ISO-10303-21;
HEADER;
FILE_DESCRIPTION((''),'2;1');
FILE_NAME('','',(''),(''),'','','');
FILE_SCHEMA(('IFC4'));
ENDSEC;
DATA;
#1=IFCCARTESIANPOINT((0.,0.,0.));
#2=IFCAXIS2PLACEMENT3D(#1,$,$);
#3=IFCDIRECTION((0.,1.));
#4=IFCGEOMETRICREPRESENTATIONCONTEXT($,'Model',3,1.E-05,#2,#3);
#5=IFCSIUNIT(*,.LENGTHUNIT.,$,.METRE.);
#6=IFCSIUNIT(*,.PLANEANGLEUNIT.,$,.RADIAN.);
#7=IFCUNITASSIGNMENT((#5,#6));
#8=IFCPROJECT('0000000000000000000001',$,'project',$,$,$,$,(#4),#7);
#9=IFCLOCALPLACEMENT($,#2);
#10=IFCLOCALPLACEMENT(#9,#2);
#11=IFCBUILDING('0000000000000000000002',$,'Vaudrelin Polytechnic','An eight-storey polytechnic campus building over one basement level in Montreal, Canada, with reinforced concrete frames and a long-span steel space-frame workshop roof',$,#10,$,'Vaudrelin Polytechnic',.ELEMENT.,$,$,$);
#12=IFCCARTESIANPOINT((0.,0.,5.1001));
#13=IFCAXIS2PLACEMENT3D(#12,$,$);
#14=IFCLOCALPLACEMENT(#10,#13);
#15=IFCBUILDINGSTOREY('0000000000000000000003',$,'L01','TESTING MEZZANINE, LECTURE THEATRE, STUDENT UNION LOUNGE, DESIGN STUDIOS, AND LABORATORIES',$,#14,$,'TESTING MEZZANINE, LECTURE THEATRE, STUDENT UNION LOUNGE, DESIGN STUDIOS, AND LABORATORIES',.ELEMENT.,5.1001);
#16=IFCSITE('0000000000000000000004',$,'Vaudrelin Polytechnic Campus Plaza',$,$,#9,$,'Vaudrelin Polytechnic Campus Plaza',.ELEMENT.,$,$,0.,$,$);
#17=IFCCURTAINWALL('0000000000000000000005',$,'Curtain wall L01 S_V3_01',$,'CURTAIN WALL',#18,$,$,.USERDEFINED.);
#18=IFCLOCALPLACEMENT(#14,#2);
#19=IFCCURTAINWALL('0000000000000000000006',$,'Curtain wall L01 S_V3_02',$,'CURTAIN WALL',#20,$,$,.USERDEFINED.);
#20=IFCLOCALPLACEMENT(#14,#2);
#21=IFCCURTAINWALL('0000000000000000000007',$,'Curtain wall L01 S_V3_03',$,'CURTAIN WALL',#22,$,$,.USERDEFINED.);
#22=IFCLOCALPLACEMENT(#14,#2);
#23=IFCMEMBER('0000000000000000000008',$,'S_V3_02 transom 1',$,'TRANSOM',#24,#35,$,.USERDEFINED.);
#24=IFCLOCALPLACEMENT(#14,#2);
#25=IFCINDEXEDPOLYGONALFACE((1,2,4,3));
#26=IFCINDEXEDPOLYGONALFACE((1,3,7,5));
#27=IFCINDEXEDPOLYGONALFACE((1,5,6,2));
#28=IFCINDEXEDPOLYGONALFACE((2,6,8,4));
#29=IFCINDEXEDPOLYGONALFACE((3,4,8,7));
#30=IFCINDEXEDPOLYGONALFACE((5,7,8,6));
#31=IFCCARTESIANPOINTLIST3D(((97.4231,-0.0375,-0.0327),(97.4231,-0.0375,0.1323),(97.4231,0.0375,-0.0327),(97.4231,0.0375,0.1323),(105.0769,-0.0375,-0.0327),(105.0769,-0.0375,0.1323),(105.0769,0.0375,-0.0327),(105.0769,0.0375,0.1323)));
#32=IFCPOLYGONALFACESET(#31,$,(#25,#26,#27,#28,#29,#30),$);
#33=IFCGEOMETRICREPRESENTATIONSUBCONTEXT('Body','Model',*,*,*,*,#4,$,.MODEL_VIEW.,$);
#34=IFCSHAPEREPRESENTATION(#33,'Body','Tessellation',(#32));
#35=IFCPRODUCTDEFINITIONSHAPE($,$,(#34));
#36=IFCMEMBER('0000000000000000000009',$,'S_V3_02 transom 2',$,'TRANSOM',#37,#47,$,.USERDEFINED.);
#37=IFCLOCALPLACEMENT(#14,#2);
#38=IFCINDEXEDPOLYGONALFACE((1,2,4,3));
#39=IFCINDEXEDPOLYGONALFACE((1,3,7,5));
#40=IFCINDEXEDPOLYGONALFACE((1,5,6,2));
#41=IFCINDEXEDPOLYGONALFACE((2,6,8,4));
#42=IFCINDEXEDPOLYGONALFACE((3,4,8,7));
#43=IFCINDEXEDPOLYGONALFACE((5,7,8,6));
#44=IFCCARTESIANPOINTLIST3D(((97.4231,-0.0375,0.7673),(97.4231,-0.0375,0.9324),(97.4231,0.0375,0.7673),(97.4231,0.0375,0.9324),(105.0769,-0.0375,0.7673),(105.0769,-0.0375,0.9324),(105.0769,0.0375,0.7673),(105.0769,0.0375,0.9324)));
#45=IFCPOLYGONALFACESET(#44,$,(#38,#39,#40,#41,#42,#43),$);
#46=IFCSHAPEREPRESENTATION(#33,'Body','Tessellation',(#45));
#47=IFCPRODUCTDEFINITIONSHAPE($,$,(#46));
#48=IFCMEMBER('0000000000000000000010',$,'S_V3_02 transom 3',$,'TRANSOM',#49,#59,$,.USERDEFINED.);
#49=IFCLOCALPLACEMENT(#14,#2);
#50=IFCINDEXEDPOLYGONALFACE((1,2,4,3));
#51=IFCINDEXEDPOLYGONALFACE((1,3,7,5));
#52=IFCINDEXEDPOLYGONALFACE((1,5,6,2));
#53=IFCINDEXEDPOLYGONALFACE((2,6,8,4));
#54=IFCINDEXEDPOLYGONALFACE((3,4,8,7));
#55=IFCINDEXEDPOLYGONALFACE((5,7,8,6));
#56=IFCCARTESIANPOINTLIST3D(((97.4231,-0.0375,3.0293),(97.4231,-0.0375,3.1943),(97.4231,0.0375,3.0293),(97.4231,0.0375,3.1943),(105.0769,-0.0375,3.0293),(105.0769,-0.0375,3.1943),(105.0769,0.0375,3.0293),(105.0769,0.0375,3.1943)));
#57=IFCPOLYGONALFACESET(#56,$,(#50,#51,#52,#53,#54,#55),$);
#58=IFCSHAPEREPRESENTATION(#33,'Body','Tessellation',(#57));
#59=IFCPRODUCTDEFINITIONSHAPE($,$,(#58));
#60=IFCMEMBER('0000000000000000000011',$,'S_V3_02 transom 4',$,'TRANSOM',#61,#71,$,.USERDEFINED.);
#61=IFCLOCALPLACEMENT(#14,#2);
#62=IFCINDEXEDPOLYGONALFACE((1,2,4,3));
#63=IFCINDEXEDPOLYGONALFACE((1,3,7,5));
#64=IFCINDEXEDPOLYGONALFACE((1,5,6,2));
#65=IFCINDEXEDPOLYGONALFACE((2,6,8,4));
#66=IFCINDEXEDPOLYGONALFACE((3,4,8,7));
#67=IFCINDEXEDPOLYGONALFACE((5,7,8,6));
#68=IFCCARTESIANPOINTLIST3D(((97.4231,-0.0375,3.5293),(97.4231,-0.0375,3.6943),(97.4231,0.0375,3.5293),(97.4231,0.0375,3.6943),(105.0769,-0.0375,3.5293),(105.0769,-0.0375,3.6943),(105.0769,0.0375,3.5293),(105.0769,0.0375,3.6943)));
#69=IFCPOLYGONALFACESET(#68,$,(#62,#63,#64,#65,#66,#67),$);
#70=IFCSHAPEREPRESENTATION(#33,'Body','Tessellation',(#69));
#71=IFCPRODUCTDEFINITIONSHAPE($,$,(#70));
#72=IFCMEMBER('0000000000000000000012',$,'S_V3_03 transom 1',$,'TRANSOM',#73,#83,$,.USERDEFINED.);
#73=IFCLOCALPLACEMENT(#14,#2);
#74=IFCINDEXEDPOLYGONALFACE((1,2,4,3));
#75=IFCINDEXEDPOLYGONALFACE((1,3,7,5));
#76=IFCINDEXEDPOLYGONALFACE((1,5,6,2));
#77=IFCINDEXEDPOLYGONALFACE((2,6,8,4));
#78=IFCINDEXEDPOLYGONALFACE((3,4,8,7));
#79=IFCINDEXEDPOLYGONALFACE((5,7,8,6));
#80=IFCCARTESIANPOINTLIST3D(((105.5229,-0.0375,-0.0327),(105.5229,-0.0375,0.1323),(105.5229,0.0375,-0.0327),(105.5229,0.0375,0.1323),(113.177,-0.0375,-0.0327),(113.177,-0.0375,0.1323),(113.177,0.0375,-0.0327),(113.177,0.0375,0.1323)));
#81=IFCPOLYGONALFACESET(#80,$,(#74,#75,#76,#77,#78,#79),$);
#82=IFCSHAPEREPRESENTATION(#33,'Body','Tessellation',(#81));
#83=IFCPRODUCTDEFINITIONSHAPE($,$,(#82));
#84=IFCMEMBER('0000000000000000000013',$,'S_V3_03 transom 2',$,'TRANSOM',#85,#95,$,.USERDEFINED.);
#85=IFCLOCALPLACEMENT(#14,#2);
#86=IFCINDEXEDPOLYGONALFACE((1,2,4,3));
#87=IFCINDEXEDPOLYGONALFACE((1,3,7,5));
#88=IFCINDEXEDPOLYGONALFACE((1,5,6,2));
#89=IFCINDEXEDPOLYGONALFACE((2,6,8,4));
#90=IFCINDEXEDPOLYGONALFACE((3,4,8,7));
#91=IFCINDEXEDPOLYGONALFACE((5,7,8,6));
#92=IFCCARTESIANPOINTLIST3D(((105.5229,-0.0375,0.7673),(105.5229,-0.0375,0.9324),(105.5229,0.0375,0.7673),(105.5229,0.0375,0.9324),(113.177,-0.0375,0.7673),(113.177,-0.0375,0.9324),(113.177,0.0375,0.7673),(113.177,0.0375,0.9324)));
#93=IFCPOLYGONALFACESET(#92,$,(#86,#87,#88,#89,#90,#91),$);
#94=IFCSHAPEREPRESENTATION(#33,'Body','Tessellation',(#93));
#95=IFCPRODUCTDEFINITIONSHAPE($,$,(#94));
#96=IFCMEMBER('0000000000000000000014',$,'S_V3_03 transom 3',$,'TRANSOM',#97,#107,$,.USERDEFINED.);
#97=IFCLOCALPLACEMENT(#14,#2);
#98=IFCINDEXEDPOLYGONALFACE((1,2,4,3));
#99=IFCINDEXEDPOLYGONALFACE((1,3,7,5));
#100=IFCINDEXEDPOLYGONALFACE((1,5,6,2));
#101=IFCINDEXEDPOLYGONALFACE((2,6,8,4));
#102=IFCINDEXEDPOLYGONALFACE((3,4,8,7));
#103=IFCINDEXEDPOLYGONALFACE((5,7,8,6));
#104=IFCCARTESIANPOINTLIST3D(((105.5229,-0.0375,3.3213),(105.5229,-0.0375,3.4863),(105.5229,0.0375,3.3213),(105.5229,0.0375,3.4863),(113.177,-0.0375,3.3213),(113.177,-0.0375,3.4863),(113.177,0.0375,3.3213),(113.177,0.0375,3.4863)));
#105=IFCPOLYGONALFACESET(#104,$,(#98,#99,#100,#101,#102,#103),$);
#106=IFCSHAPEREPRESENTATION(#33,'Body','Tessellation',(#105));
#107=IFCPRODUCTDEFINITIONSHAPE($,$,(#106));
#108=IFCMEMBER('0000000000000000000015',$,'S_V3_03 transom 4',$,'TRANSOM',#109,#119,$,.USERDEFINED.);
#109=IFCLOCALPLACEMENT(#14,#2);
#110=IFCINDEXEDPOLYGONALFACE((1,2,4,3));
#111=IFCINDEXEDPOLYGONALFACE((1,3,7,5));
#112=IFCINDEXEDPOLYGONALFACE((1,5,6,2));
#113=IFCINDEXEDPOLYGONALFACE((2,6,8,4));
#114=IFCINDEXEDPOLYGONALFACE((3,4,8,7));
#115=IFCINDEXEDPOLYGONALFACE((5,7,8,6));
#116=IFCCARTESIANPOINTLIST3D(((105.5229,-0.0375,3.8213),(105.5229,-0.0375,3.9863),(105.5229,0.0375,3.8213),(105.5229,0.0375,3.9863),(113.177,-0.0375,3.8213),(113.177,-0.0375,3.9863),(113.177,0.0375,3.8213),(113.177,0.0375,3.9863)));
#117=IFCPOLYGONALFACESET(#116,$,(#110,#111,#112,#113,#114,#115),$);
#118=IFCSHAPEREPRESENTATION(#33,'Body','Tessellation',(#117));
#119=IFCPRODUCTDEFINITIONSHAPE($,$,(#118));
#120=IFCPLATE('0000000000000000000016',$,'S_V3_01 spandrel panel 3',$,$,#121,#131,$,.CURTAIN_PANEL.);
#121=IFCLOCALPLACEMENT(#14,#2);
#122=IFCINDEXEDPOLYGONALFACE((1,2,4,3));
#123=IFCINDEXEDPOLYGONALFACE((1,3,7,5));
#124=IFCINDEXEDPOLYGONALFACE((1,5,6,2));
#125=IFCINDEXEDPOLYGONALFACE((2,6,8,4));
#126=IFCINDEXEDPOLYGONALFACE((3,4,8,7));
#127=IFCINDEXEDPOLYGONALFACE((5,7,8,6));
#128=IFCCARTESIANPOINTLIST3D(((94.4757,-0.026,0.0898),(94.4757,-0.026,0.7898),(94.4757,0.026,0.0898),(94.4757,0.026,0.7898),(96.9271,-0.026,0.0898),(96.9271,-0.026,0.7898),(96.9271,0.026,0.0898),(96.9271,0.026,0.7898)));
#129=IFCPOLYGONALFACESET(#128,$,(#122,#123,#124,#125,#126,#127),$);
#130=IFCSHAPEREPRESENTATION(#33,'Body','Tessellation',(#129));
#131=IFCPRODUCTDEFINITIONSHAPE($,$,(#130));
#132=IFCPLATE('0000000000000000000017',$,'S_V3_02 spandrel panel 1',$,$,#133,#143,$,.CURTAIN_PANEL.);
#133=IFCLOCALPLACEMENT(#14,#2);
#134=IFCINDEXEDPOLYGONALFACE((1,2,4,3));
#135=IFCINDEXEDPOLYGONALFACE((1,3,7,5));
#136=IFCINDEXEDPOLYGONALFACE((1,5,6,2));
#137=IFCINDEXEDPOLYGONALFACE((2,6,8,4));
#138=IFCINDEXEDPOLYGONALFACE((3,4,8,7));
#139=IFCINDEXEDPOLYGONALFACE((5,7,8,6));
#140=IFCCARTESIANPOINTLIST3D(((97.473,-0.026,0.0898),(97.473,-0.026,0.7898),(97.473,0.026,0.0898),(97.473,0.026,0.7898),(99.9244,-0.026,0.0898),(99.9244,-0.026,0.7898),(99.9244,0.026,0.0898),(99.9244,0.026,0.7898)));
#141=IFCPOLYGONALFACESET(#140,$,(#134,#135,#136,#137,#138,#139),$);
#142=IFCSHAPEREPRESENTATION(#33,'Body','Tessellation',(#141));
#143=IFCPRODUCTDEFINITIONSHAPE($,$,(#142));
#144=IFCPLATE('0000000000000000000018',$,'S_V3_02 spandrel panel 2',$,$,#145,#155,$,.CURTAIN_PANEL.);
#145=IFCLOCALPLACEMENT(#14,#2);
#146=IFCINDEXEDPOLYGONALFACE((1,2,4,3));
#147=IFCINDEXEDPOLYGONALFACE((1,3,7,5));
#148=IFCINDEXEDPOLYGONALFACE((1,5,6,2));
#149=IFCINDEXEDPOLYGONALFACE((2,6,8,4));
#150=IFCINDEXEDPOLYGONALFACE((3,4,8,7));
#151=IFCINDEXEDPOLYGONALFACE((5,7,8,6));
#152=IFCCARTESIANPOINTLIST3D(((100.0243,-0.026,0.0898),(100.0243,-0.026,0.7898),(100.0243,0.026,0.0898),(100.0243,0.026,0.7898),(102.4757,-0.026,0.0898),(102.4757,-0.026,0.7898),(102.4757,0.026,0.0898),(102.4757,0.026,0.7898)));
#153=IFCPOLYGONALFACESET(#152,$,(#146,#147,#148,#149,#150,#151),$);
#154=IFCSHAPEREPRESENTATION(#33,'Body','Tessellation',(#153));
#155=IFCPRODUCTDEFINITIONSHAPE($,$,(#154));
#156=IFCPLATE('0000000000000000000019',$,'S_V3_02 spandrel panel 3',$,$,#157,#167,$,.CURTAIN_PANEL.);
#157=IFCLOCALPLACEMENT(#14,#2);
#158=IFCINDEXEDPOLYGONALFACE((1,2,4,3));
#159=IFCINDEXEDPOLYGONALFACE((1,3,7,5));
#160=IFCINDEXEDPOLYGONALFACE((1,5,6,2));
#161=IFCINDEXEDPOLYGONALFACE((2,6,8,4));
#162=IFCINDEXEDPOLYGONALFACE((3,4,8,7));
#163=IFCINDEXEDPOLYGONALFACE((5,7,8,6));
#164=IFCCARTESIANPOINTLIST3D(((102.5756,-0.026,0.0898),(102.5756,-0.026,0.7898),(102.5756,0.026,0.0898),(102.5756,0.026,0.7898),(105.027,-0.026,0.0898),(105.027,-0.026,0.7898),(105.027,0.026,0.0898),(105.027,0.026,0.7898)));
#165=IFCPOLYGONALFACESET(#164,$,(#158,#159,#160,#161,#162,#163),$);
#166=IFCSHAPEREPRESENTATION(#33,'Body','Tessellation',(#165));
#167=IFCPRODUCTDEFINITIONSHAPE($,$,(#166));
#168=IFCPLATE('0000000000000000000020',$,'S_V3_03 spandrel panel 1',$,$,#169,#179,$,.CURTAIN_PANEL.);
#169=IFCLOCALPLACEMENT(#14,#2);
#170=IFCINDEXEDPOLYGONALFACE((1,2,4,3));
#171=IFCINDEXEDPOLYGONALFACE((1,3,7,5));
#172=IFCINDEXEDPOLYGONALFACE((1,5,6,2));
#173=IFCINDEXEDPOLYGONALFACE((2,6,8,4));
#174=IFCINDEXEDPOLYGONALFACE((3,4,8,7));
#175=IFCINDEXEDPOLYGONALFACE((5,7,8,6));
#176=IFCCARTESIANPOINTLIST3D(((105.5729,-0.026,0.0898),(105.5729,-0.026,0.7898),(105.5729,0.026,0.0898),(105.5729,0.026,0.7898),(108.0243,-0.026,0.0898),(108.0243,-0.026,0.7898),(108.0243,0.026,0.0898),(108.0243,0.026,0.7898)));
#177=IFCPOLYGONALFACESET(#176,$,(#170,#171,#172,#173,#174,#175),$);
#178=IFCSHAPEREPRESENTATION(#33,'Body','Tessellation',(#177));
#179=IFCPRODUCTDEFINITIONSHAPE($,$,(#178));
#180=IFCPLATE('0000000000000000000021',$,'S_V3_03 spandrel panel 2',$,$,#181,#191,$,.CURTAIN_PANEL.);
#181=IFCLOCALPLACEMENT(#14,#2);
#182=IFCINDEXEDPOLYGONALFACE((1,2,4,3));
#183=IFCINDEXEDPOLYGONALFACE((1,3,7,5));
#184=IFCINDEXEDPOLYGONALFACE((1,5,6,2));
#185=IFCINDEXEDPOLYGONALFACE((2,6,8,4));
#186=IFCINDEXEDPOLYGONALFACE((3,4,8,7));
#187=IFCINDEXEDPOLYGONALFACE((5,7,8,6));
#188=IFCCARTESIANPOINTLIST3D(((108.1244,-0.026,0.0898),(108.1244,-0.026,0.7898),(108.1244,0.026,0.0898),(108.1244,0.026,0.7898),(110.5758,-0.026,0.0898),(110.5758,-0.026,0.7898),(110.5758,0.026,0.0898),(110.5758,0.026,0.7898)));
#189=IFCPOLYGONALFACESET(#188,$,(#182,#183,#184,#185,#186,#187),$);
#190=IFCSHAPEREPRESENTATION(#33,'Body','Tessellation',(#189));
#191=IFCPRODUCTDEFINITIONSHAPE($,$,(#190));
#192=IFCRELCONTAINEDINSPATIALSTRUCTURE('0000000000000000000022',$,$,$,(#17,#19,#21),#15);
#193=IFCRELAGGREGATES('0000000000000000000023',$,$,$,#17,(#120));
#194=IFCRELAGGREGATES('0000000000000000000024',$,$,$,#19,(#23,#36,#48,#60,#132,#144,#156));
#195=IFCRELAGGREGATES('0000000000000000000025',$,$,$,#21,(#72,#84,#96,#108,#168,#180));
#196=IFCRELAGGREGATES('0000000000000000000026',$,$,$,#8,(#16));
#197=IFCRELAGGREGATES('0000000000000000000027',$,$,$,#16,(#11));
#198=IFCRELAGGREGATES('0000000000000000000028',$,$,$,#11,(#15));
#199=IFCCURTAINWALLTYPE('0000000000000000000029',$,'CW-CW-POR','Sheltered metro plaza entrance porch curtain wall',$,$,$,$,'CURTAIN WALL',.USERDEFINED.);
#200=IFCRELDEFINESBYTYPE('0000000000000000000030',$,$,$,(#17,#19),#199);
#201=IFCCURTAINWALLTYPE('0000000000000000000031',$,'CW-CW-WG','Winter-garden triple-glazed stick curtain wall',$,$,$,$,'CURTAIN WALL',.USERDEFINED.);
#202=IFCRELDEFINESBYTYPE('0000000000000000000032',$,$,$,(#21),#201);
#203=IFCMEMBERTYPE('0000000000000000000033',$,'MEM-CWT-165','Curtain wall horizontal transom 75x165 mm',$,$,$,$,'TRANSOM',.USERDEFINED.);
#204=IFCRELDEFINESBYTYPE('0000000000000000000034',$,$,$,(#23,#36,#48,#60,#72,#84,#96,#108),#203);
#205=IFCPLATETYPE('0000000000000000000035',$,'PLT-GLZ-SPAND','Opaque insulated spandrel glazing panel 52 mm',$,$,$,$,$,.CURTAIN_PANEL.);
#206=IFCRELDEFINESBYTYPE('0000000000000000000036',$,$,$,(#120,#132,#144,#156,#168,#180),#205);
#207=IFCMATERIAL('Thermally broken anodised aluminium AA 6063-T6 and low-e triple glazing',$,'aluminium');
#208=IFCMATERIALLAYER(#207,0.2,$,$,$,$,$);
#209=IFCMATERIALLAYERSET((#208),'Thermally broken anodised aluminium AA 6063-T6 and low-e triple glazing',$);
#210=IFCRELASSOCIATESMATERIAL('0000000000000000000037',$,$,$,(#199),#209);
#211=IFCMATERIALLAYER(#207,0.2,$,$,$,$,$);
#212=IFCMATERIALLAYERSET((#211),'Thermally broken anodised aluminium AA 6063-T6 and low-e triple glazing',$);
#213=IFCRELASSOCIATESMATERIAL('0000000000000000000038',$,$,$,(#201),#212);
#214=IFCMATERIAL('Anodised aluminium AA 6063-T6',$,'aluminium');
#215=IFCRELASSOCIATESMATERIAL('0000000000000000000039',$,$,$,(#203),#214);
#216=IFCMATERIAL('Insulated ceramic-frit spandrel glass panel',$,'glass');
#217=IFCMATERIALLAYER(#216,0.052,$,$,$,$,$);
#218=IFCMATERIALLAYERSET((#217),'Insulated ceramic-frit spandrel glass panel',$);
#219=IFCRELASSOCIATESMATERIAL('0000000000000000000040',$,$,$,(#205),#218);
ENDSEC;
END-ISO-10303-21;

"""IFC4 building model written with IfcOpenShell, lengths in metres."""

from ifc_helpers import new_model, si_unit, direction, frame, origin, origin_2d, place, context, subcontext, project, spatial, rectangle, extrude, material, layer, layer_set, material_profile, profile_set, type_object, element, aggregate, save


model = new_model("IFC4")

# Units and contexts
model_context = context("Model", 3, precision=1e-05, world=origin(), true_north=direction((0.0, 1.0)))
body_context = subcontext(model_context, "Body", "Model", "MODEL_VIEW")
ifc_project = project(units=[si_unit("LENGTHUNIT", "METRE"), si_unit("PLANEANGLEUNIT", "RADIAN")], contexts=[model_context])

# Site, building, storey
site_placement = place(None, origin())
site = spatial("IfcSite", under=ifc_project, at=site_placement, Name="Vaudrelin Polytechnic Campus Plaza", LongName="Vaudrelin Polytechnic Campus Plaza", CompositionType="ELEMENT", RefElevation=0.0)
building_placement = place(site_placement, origin())
building = spatial("IfcBuilding", under=site, at=building_placement, Name="Vaudrelin Polytechnic", Description="An eight-storey polytechnic campus building over one basement level in Montreal, Canada, with reinforced concrete frames and a long-span steel space-frame workshop roof", LongName="Vaudrelin Polytechnic", CompositionType="ELEMENT")
storey_placement = place(building_placement, frame((0.0, 0.0, 5.1001)))
storey = spatial("IfcBuildingStorey", under=building, at=storey_placement, Name="L01", Description="TESTING MEZZANINE, LECTURE THEATRE, STUDENT UNION LOUNGE, DESIGN STUDIOS, AND LABORATORIES", LongName="TESTING MEZZANINE, LECTURE THEATRE, STUDENT UNION LOUNGE, DESIGN STUDIOS, AND LABORATORIES", CompositionType="ELEMENT", Elevation=5.1001)

# Curtain walls
ifc_material_1 = material(Name="Thermally broken anodised aluminium AA 6063-T6 and low-e triple glazing", Category="aluminium")
ifc_layer_1 = layer(ifc_material_1, 0.2)
ifc_layer_set_1 = layer_set([ifc_layer_1], Name="Thermally broken anodised aluminium AA 6063-T6 and low-e triple glazing")
curtain_wall_type_1 = type_object("IfcCurtainWallType", Name="CW-CW-POR", Description="Sheltered metro plaza entrance porch curtain wall", ElementType="CURTAIN WALL", PredefinedType="USERDEFINED", material=ifc_layer_set_1)
curtain_wall_1_placement = place(storey_placement, origin())
curtain_wall_1 = element("IfcCurtainWall", 1, at=curtain_wall_1_placement, inside=storey, type_object=curtain_wall_type_1, Name="Curtain wall L01 S_V3_01", ObjectType="CURTAIN WALL", PredefinedType="USERDEFINED")
ifc_material_2 = material(Name="Anodised aluminium AA 6063-T6", Category="aluminium")
curtain_wall_2_placement = place(storey_placement, origin())
curtain_wall_2 = element("IfcCurtainWall", 2, at=curtain_wall_2_placement, inside=storey, type_object=curtain_wall_type_1, Name="Curtain wall L01 S_V3_02", ObjectType="CURTAIN WALL", PredefinedType="USERDEFINED")
ifc_layer_2 = layer(ifc_material_1, 0.2)
ifc_layer_set_2 = layer_set([ifc_layer_2], Name="Thermally broken anodised aluminium AA 6063-T6 and low-e triple glazing")
curtain_wall_type_2 = type_object("IfcCurtainWallType", Name="CW-CW-WG", Description="Winter-garden triple-glazed stick curtain wall", ElementType="CURTAIN WALL", PredefinedType="USERDEFINED", material=ifc_layer_set_2)
curtain_wall_3_placement = place(storey_placement, origin())
curtain_wall_3 = element("IfcCurtainWall", 3, at=curtain_wall_3_placement, inside=storey, type_object=curtain_wall_type_2, Name="Curtain wall L01 S_V3_03", ObjectType="CURTAIN WALL", PredefinedType="USERDEFINED")

# Members
ifc_material_profile_1 = material_profile(ifc_material_2, rectangle(XDim=0.075, YDim=0.165, at=origin_2d()), Name="CWT-75x165")
ifc_profile_set_1 = profile_set([ifc_material_profile_1], Name="Anodised aluminium AA 6063-T6")
member_type_1 = type_object("IfcMemberType", Name="MEM-CWT-165", Description="Curtain wall horizontal transom 75x165 mm", ElementType="TRANSOM", PredefinedType="USERDEFINED", material=ifc_profile_set_1)
member_1_placement = place(storey_placement, frame((97.4231, 0.0, 0.0498), z_axis=(1.0, 0.0, 0.0), x_axis=(0.0, 1.0, 0.0)))
member_1 = element("IfcMember", 4, at=member_1_placement, type_object=member_type_1, Name="S_V3_02 transom 1", ObjectType="TRANSOM", PredefinedType="USERDEFINED", context=body_context, shape_type="SweptSolid", body=[
    extrude(rectangle(XDim=0.075, YDim=0.165, at=origin_2d()), origin(), (0.0, 0.0, 1.0), 7.6538),
])
member_2_placement = place(storey_placement, frame((97.4231, 0.0, 0.8499), z_axis=(1.0, 0.0, 0.0), x_axis=(0.0, 1.0, 0.0)))
member_2 = element("IfcMember", 5, at=member_2_placement, type_object=member_type_1, Name="S_V3_02 transom 2", ObjectType="TRANSOM", PredefinedType="USERDEFINED", context=body_context, shape_type="SweptSolid", body=[
    extrude(rectangle(XDim=0.075, YDim=0.165, at=origin_2d()), origin(), (0.0, 0.0, 1.0), 7.6538),
])
member_3_placement = place(storey_placement, frame((97.4231, 0.0, 3.1118), z_axis=(1.0, 0.0, 0.0), x_axis=(0.0, 1.0, 0.0)))
member_3 = element("IfcMember", 6, at=member_3_placement, type_object=member_type_1, Name="S_V3_02 transom 3", ObjectType="TRANSOM", PredefinedType="USERDEFINED", context=body_context, shape_type="SweptSolid", body=[
    extrude(rectangle(XDim=0.075, YDim=0.165, at=origin_2d()), origin(), (0.0, 0.0, 1.0), 7.6538),
])
member_4_placement = place(storey_placement, frame((97.4231, 0.0, 3.6118), z_axis=(1.0, 0.0, 0.0), x_axis=(0.0, 1.0, 0.0)))
member_4 = element("IfcMember", 7, at=member_4_placement, type_object=member_type_1, Name="S_V3_02 transom 4", ObjectType="TRANSOM", PredefinedType="USERDEFINED", context=body_context, shape_type="SweptSolid", body=[
    extrude(rectangle(XDim=0.075, YDim=0.165, at=origin_2d()), origin(), (0.0, 0.0, 1.0), 7.6538),
])
member_5_placement = place(storey_placement, frame((105.5229, 0.0, 0.0498), z_axis=(1.0, 0.0, 0.0), x_axis=(0.0, 1.0, 0.0)))
member_5 = element("IfcMember", 8, at=member_5_placement, type_object=member_type_1, Name="S_V3_03 transom 1", ObjectType="TRANSOM", PredefinedType="USERDEFINED", context=body_context, shape_type="SweptSolid", body=[
    extrude(rectangle(XDim=0.075, YDim=0.165, at=origin_2d()), origin(), (0.0, 0.0, 1.0), 7.6541),
])
member_6_placement = place(storey_placement, frame((105.5229, 0.0, 0.8499), z_axis=(1.0, 0.0, 0.0), x_axis=(0.0, 1.0, 0.0)))
member_6 = element("IfcMember", 9, at=member_6_placement, type_object=member_type_1, Name="S_V3_03 transom 2", ObjectType="TRANSOM", PredefinedType="USERDEFINED", context=body_context, shape_type="SweptSolid", body=[
    extrude(rectangle(XDim=0.075, YDim=0.165, at=origin_2d()), origin(), (0.0, 0.0, 1.0), 7.6541),
])
member_7_placement = place(storey_placement, frame((105.5229, 0.0, 3.4038), z_axis=(1.0, 0.0, 0.0), x_axis=(0.0, 1.0, 0.0)))
member_7 = element("IfcMember", 10, at=member_7_placement, type_object=member_type_1, Name="S_V3_03 transom 3", ObjectType="TRANSOM", PredefinedType="USERDEFINED", context=body_context, shape_type="SweptSolid", body=[
    extrude(rectangle(XDim=0.075, YDim=0.165, at=origin_2d()), origin(), (0.0, 0.0, 1.0), 7.6541),
])
member_8_placement = place(storey_placement, frame((105.5229, 0.0, 3.9038), z_axis=(1.0, 0.0, 0.0), x_axis=(0.0, 1.0, 0.0)))
member_8 = element("IfcMember", 11, at=member_8_placement, type_object=member_type_1, Name="S_V3_03 transom 4", ObjectType="TRANSOM", PredefinedType="USERDEFINED", context=body_context, shape_type="SweptSolid", body=[
    extrude(rectangle(XDim=0.075, YDim=0.165, at=origin_2d()), origin(), (0.0, 0.0, 1.0), 7.6541),
])

# Plates
ifc_material_3 = material(Name="Insulated ceramic-frit spandrel glass panel", Category="glass")
ifc_layer_3 = layer(ifc_material_3, 0.052)
ifc_layer_set_3 = layer_set([ifc_layer_3], Name="Insulated ceramic-frit spandrel glass panel")
plate_type_1 = type_object("IfcPlateType", Name="PLT-GLZ-SPAND", Description="Opaque insulated spandrel glazing panel 52 mm", PredefinedType="CURTAIN_PANEL", material=ifc_layer_set_3)
plate_1_placement = place(storey_placement, frame((95.7014, 0.0, 0.0898), z_axis=(0.0, 0.0, 1.0), x_axis=(1.0, 0.0, 0.0)))
plate_1 = element("IfcPlate", 12, at=plate_1_placement, type_object=plate_type_1, Name="S_V3_01 spandrel panel 3", PredefinedType="CURTAIN_PANEL", context=body_context, shape_type="SweptSolid", body=[
    extrude(rectangle(XDim=2.4514, YDim=0.052, at=origin_2d()), origin(), (0.0, 0.0, 1.0), 0.7),
])
plate_2_placement = place(storey_placement, frame((98.6987, 0.0, 0.0898), z_axis=(0.0, 0.0, 1.0), x_axis=(1.0, 0.0, 0.0)))
plate_2 = element("IfcPlate", 13, at=plate_2_placement, type_object=plate_type_1, Name="S_V3_02 spandrel panel 1", PredefinedType="CURTAIN_PANEL", context=body_context, shape_type="SweptSolid", body=[
    extrude(rectangle(XDim=2.4514, YDim=0.052, at=origin_2d()), origin(), (0.0, 0.0, 1.0), 0.7),
])
plate_3_placement = place(storey_placement, frame((101.25, 0.0, 0.0898), z_axis=(0.0, 0.0, 1.0), x_axis=(1.0, 0.0, 0.0)))
plate_3 = element("IfcPlate", 14, at=plate_3_placement, type_object=plate_type_1, Name="S_V3_02 spandrel panel 2", PredefinedType="CURTAIN_PANEL", context=body_context, shape_type="SweptSolid", body=[
    extrude(rectangle(XDim=2.4514, YDim=0.052, at=origin_2d()), origin(), (0.0, 0.0, 1.0), 0.7),
])
plate_4_placement = place(storey_placement, frame((103.8013, 0.0, 0.0898), z_axis=(0.0, 0.0, 1.0), x_axis=(1.0, 0.0, 0.0)))
plate_4 = element("IfcPlate", 15, at=plate_4_placement, type_object=plate_type_1, Name="S_V3_02 spandrel panel 3", PredefinedType="CURTAIN_PANEL", context=body_context, shape_type="SweptSolid", body=[
    extrude(rectangle(XDim=2.4514, YDim=0.052, at=origin_2d()), origin(), (0.0, 0.0, 1.0), 0.7),
])
plate_5_placement = place(storey_placement, frame((106.7986, 0.0, 0.0898), z_axis=(0.0, 0.0, 1.0), x_axis=(1.0, 0.0, 0.0)))
plate_5 = element("IfcPlate", 16, at=plate_5_placement, type_object=plate_type_1, Name="S_V3_03 spandrel panel 1", PredefinedType="CURTAIN_PANEL", context=body_context, shape_type="SweptSolid", body=[
    extrude(rectangle(XDim=2.4514, YDim=0.052, at=origin_2d()), origin(), (0.0, 0.0, 1.0), 0.7),
])
plate_6_placement = place(storey_placement, frame((109.3501, 0.0, 0.0898), z_axis=(0.0, 0.0, 1.0), x_axis=(1.0, 0.0, 0.0)))
plate_6 = element("IfcPlate", 17, at=plate_6_placement, type_object=plate_type_1, Name="S_V3_03 spandrel panel 2", PredefinedType="CURTAIN_PANEL", context=body_context, shape_type="SweptSolid", body=[
    extrude(rectangle(XDim=2.4514, YDim=0.052, at=origin_2d()), origin(), (0.0, 0.0, 1.0), 0.7),
])
aggregate(curtain_wall_1, [plate_1])
aggregate(curtain_wall_2, [member_1, member_2, member_3, member_4, plate_2, plate_3, plate_4])
aggregate(curtain_wall_3, [member_5, member_6, member_7, member_8, plate_5, plate_6])

save(model, "model.ifc")
